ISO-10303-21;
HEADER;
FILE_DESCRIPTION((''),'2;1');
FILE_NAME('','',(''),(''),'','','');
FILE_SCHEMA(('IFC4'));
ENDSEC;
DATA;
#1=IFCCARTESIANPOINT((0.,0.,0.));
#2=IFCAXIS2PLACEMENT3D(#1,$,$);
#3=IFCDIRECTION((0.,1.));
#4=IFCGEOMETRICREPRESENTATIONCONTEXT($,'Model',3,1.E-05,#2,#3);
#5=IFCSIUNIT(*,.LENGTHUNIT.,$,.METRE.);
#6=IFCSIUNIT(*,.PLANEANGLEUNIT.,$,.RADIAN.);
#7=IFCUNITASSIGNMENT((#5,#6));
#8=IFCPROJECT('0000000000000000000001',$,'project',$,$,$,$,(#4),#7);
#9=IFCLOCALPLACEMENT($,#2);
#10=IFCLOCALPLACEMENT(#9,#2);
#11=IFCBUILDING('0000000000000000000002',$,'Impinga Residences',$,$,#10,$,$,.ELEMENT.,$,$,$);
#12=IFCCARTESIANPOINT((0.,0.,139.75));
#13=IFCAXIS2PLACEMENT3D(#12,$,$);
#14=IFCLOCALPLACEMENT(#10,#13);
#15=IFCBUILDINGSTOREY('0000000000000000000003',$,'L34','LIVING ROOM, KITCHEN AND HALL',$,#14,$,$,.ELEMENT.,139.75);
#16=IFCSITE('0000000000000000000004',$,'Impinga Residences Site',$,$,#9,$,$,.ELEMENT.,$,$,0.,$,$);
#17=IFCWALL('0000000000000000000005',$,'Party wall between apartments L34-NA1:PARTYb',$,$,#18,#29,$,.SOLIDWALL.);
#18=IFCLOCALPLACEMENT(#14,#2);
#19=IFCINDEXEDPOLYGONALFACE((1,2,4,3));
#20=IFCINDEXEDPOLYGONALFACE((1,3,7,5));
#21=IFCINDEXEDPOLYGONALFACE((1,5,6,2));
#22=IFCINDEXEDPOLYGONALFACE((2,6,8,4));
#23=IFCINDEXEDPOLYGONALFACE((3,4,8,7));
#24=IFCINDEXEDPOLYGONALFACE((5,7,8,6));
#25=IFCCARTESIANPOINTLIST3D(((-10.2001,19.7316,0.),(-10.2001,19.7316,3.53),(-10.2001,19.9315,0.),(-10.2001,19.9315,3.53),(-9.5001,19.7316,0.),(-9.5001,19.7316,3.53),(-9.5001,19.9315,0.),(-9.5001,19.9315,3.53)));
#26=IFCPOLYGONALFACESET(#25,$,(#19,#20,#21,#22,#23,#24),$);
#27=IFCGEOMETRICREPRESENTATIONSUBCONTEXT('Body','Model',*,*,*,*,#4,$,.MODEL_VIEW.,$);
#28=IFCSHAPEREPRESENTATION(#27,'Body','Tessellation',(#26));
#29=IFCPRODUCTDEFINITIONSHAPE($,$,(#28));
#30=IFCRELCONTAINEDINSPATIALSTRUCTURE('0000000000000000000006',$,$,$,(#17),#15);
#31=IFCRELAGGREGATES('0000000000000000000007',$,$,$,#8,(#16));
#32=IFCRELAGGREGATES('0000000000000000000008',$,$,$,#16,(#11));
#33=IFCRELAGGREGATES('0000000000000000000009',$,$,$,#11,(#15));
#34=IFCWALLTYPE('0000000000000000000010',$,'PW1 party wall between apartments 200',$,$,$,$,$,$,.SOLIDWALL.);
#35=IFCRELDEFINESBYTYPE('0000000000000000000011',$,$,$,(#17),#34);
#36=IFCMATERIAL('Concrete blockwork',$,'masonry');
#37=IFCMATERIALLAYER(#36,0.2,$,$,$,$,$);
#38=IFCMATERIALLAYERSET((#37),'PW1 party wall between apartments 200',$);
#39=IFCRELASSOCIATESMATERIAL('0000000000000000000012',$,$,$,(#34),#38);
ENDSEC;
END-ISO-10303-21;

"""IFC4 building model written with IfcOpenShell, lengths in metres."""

from ifc_helpers import new_model, si_unit, direction, frame, frame_2d, origin, place, context, subcontext, project, spatial, rectangle, extrude, material, layer, layer_set, type_object, element, save


model = new_model("IFC4")

# Units and contexts
model_context = context("Model", 3, precision=1e-05, world=origin(), true_north=direction((0.0, 1.0)))
body_context = subcontext(model_context, "Body", "Model", "MODEL_VIEW")
ifc_project = project(units=[si_unit("LENGTHUNIT", "METRE"), si_unit("PLANEANGLEUNIT", "RADIAN")], contexts=[model_context])

# Site, building, storey
site_placement = place(None, origin())
site = spatial("IfcSite", under=ifc_project, at=site_placement, Name="Impinga Residences Site", CompositionType="ELEMENT", RefElevation=0.0)
building_placement = place(site_placement, origin())
building = spatial("IfcBuilding", under=site, at=building_placement, Name="Impinga Residences", CompositionType="ELEMENT")
storey_placement = place(building_placement, frame((0.0, 0.0, 139.75)))
storey = spatial("IfcBuildingStorey", under=building, at=storey_placement, Name="L34", Description="LIVING ROOM, KITCHEN AND HALL", CompositionType="ELEMENT", Elevation=139.75)

# Wall
ifc_material_1 = material(Name="Concrete blockwork", Category="masonry")
ifc_layer_1 = layer(ifc_material_1, 0.2)
ifc_layer_set_1 = layer_set([ifc_layer_1], Name="PW1 party wall between apartments 200")
wall_type_1 = type_object("IfcWallType", Name="PW1 party wall between apartments 200", PredefinedType="SOLIDWALL", material=ifc_layer_set_1)
wall_1_placement = place(storey_placement, frame((-9.5, 19.8315, 0.0), z_axis=(0.0, 0.0, 1.0), x_axis=(-1.0, 0.0, 0.0)))
element("IfcWall", 1, at=wall_1_placement, inside=storey, type_object=wall_type_1, Name="Party wall between apartments L34-NA1:PARTYb", PredefinedType="SOLIDWALL", context=body_context, shape_type="SweptSolid", body=[
    extrude(rectangle(XDim=0.7, YDim=0.2, at=frame_2d((0.3501, 0.0))), origin(), (0.0, 0.0, 1.0), 3.53),
])

save(model, "model.ifc")
